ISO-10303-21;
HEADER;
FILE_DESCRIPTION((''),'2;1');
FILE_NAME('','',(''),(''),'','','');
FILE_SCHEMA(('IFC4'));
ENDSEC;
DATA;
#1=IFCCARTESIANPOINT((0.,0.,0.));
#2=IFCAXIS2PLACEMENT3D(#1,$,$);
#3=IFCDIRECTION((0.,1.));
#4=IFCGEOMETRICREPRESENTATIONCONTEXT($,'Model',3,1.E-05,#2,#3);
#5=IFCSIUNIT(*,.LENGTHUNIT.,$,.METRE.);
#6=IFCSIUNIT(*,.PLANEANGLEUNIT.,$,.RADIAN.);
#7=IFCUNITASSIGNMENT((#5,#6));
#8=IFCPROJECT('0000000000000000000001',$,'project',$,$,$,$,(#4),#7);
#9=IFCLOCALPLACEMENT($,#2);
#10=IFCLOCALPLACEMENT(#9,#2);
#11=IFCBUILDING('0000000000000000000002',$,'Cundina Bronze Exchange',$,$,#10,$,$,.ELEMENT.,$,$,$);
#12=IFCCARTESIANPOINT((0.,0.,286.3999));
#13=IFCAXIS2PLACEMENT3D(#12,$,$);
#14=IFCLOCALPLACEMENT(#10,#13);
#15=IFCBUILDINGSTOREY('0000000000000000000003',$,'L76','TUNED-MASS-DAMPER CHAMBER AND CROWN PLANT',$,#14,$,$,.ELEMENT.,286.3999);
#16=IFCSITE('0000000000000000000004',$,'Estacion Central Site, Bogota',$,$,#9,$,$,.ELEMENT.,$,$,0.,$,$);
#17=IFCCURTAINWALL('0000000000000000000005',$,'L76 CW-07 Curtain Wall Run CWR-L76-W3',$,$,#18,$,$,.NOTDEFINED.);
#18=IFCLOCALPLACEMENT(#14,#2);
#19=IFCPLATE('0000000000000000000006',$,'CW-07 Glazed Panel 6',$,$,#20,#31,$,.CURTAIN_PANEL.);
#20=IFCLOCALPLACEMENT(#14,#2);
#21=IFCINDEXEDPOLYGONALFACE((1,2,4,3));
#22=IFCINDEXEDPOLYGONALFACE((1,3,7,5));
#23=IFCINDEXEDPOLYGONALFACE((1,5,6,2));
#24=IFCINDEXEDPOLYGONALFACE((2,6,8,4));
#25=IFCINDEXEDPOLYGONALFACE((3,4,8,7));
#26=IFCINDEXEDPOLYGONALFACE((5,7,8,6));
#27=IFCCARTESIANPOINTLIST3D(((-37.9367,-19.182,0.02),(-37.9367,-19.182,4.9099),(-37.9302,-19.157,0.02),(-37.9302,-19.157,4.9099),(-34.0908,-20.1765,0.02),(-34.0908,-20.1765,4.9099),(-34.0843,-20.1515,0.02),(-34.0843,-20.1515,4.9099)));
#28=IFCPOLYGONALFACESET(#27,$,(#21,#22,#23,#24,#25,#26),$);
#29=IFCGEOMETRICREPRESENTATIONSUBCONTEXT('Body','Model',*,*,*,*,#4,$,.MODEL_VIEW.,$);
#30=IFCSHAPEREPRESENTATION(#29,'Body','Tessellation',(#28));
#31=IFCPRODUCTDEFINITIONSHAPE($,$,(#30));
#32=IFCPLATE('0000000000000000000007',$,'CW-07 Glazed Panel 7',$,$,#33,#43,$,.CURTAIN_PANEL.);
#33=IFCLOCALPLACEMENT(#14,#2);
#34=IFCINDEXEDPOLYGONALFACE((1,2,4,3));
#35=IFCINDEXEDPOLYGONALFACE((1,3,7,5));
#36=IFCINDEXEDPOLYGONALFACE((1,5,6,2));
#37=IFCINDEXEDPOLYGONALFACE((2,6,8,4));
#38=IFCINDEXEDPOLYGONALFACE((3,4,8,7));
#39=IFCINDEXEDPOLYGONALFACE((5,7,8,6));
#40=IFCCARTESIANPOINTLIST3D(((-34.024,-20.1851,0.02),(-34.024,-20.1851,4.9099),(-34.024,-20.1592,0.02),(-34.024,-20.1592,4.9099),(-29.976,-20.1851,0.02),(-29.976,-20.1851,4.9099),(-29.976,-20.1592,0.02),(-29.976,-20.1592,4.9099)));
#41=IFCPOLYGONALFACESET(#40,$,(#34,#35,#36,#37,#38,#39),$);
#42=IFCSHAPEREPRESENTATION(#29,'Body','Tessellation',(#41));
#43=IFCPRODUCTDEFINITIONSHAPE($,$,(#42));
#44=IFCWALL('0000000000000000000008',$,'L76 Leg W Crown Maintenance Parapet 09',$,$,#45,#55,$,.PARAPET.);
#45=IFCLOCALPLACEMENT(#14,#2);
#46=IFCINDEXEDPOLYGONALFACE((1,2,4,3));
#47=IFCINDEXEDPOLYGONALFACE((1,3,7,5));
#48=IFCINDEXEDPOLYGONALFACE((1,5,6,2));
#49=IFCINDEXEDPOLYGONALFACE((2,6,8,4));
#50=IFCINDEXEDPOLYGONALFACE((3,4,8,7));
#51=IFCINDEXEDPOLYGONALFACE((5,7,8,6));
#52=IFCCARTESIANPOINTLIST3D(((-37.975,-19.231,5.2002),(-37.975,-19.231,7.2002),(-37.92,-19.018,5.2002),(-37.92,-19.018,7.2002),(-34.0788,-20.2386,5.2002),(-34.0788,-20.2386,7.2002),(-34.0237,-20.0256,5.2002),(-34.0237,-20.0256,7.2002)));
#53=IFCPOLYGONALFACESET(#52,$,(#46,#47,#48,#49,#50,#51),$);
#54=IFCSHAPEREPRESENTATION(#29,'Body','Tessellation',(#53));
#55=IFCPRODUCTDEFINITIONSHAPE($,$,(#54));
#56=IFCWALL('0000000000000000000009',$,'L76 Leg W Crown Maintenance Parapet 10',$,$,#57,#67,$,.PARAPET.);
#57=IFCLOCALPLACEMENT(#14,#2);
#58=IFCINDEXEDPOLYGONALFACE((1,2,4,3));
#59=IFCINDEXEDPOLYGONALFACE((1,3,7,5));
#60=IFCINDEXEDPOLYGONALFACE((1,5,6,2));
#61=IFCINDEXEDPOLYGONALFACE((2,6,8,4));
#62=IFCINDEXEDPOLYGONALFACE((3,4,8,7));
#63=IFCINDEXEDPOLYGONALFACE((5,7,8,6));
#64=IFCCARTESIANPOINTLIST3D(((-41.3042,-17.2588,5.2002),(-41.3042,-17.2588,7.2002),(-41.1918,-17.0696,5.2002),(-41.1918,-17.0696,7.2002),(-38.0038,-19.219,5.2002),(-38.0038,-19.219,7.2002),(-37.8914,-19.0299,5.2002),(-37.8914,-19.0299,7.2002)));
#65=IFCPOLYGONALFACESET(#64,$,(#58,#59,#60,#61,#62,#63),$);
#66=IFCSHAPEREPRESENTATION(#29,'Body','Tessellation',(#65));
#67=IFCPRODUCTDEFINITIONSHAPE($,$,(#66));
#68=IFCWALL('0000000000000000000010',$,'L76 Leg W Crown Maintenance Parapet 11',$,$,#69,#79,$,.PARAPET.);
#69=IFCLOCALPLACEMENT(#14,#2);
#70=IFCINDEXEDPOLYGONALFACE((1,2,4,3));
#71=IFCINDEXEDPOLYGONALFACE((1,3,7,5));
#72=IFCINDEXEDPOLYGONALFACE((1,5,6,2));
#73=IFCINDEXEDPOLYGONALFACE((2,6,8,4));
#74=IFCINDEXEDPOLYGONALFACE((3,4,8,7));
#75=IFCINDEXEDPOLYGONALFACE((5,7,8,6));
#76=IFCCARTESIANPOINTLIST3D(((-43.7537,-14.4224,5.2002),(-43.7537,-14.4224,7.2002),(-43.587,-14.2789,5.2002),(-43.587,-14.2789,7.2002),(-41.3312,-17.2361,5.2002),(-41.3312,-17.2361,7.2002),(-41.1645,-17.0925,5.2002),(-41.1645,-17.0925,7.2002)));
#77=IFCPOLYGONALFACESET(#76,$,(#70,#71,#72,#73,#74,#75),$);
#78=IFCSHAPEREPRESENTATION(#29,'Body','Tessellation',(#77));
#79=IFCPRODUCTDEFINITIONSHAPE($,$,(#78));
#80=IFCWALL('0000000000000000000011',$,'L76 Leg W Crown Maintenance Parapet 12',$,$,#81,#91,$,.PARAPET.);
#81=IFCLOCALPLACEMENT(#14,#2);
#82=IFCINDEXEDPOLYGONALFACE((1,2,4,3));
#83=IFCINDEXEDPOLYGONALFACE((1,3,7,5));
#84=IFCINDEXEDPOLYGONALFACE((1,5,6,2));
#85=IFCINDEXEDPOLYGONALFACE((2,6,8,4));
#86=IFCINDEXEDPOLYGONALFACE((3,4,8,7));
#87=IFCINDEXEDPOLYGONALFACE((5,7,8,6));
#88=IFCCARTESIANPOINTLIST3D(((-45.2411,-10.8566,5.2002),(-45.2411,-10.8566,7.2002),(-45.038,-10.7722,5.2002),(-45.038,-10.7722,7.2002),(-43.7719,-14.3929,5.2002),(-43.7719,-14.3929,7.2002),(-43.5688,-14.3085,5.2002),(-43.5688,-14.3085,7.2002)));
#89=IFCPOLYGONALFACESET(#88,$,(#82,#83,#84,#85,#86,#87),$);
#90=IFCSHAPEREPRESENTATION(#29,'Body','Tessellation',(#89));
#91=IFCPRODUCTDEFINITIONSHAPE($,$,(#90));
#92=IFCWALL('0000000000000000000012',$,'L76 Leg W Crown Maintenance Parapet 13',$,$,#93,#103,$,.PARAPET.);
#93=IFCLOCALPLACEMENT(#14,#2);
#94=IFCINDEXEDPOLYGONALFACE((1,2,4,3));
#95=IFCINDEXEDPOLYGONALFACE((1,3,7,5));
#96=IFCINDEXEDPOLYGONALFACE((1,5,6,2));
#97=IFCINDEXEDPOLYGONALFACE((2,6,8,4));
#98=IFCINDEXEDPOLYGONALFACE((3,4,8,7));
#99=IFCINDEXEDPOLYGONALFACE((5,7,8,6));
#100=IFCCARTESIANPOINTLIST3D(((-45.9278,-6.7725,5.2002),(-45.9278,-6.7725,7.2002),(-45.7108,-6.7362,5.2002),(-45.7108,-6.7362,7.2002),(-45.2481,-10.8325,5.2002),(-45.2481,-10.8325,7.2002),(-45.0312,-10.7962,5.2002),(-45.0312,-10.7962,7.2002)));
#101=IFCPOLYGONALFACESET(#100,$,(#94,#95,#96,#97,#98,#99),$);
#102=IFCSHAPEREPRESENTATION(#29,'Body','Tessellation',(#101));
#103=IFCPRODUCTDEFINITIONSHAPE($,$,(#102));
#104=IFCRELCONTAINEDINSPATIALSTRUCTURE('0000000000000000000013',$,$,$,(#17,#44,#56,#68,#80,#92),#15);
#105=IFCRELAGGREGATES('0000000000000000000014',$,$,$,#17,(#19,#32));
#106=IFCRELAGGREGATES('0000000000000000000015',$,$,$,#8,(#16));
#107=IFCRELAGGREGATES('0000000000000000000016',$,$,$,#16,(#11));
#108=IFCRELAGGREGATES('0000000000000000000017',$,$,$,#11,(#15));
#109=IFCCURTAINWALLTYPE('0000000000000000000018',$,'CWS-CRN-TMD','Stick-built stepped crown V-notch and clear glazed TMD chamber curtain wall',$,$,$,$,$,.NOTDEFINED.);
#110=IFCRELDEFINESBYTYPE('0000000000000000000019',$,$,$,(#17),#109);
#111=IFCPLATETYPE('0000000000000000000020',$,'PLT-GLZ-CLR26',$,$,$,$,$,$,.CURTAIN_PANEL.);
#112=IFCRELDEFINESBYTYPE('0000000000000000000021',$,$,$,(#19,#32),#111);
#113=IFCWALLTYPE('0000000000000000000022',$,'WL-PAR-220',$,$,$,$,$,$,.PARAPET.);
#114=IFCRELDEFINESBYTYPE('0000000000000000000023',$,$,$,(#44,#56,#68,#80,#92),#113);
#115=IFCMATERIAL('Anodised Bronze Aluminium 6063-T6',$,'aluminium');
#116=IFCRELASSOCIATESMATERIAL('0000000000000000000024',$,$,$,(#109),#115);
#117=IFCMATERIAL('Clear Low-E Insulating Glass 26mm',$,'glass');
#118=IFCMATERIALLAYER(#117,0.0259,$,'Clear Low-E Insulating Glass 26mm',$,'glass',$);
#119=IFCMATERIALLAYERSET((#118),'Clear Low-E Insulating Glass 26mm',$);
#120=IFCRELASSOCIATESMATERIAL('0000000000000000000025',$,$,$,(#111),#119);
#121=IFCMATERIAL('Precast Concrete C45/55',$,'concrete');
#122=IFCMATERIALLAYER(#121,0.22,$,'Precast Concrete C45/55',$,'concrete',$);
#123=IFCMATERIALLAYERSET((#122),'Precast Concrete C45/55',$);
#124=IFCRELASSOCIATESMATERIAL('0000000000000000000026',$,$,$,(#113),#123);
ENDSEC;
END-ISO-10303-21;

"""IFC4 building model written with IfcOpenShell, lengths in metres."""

from ifc_helpers import new_model, si_unit, direction, frame, frame_2d, origin, origin_2d, place, context, subcontext, project, spatial, rectangle, extrude, material, layer, layer_set, type_object, element, aggregate, save


model = new_model("IFC4")

# Units and contexts
model_context = context("Model", 3, precision=1e-05, world=origin(), true_north=direction((0.0, 1.0)))
body_context = subcontext(model_context, "Body", "Model", "MODEL_VIEW")
ifc_project = project(units=[si_unit("LENGTHUNIT", "METRE"), si_unit("PLANEANGLEUNIT", "RADIAN")], contexts=[model_context])

# Site, building, storey
site_placement = place(None, origin())
site = spatial("IfcSite", under=ifc_project, at=site_placement, Name="Estacion Central Site, Bogota", CompositionType="ELEMENT", RefElevation=0.0)
building_placement = place(site_placement, origin())
building = spatial("IfcBuilding", under=site, at=building_placement, Name="Cundina Bronze Exchange", CompositionType="ELEMENT")
storey_placement = place(building_placement, frame((0.0, 0.0, 286.3999)))
storey = spatial("IfcBuildingStorey", under=building, at=storey_placement, Name="L76", Description="TUNED-MASS-DAMPER CHAMBER AND CROWN PLANT", CompositionType="ELEMENT", Elevation=286.3999)

# Curtain wall
ifc_material_1 = material(Name="Anodised Bronze Aluminium 6063-T6", Category="aluminium")
curtain_wall_type = type_object("IfcCurtainWallType", Name="CWS-CRN-TMD", Description="Stick-built stepped crown V-notch and clear glazed TMD chamber curtain wall", PredefinedType="NOTDEFINED", material=ifc_material_1)
curtain_wall_placement = place(storey_placement, origin())
curtain_wall = element("IfcCurtainWall", 1, at=curtain_wall_placement, inside=storey, type_object=curtain_wall_type, Name="L76 CW-07 Curtain Wall Run CWR-L76-W3", PredefinedType="NOTDEFINED")

# Plates
ifc_material_2 = material(Name="Clear Low-E Insulating Glass 26mm", Category="glass")
ifc_layer_1 = layer(ifc_material_2, 0.0259, Name="Clear Low-E Insulating Glass 26mm", Category="glass")
ifc_layer_set_1 = layer_set([ifc_layer_1], Name="Clear Low-E Insulating Glass 26mm")
plate_type_1 = type_object("IfcPlateType", Name="PLT-GLZ-CLR26", PredefinedType="CURTAIN_PANEL", material=ifc_layer_set_1)
plate_1_placement = place(storey_placement, frame((-36.0105, -19.6667, 0.02), z_axis=(0.0, 0.0, 1.0), x_axis=(0.968156, -0.250346, 0.0)))
plate_1 = element("IfcPlate", 2, at=plate_1_placement, type_object=plate_type_1, Name="CW-07 Glazed Panel 6", PredefinedType="CURTAIN_PANEL", context=body_context, shape_type="SweptSolid", body=[
    extrude(rectangle(XDim=3.9724, YDim=0.0259, at=origin_2d()), origin(), (0.0, 0.0, 1.0), 4.8899),
])
plate_2_placement = place(storey_placement, frame((-32.0, -20.1721, 0.02), z_axis=(0.0, 0.0, 1.0), x_axis=(1.0, 0.0, 0.0)))
plate_2 = element("IfcPlate", 3, at=plate_2_placement, type_object=plate_type_1, Name="CW-07 Glazed Panel 7", PredefinedType="CURTAIN_PANEL", context=body_context, shape_type="SweptSolid", body=[
    extrude(rectangle(XDim=4.0481, YDim=0.0259, at=origin_2d()), origin(), (0.0, 0.0, 1.0), 4.8899),
])
aggregate(curtain_wall, [plate_1, plate_2])

# Walls
ifc_material_3 = material(Name="Precast Concrete C45/55", Category="concrete")
ifc_layer_2 = layer(ifc_material_3, 0.22, Name="Precast Concrete C45/55", Category="concrete")
ifc_layer_set_2 = layer_set([ifc_layer_2], Name="Precast Concrete C45/55")
wall_type = type_object("IfcWallType", Name="WL-PAR-220", PredefinedType="PARAPET", material=ifc_layer_set_2)
wall_1_placement = place(storey_placement, frame((-34.0513, -20.1321, 5.2002), z_axis=(0.0, 0.0, 1.0), x_axis=(-0.968152, 0.250364, 0.0)))
element("IfcWall", 4, at=wall_1_placement, inside=storey, type_object=wall_type, Name="L76 Leg W Crown Maintenance Parapet 09", PredefinedType="PARAPET", context=body_context, shape_type="SweptSolid", body=[
    extrude(rectangle(XDim=4.0244, YDim=0.22, at=frame_2d((2.0122, 0.0))), origin(), (0.0, 0.0, 1.0), 2.0),
])
wall_2_placement = place(storey_placement, frame((-37.9475, -19.1245, 5.2002), z_axis=(0.0, 0.0, 1.0), x_axis=(-0.85978, 0.510665, 0.0)))
element("IfcWall", 5, at=wall_2_placement, inside=storey, type_object=wall_type, Name="L76 Leg W Crown Maintenance Parapet 10", PredefinedType="PARAPET", context=body_context, shape_type="SweptSolid", body=[
    extrude(rectangle(XDim=3.8386, YDim=0.22, at=frame_2d((1.9194, 0.0))), origin(), (0.0, 0.0, 1.0), 2.0),
])
wall_3_placement = place(storey_placement, frame((-41.2478, -17.1643, 5.2002), z_axis=(0.0, 0.0, 1.0), x_axis=(-0.652474, 0.757811, 0.0)))
element("IfcWall", 6, at=wall_3_placement, inside=storey, type_object=wall_type, Name="L76 Leg W Crown Maintenance Parapet 11", PredefinedType="PARAPET", context=body_context, shape_type="SweptSolid", body=[
    extrude(rectangle(XDim=3.7129, YDim=0.22, at=frame_2d((1.8564, 0.0))), origin(), (0.0, 0.0, 1.0), 2.0),
])
wall_4_placement = place(storey_placement, frame((-43.6704, -14.3506, 5.2002), z_axis=(0.0, 0.0, 1.0), x_axis=(-0.383669, 0.923471, 0.0)))
element("IfcWall", 7, at=wall_4_placement, inside=storey, type_object=wall_type, Name="L76 Leg W Crown Maintenance Parapet 12", PredefinedType="PARAPET", context=body_context, shape_type="SweptSolid", body=[
    extrude(rectangle(XDim=3.8293, YDim=0.22, at=frame_2d((1.9146, 0.0))), origin(), (0.0, 0.0, 1.0), 2.0),
])
wall_5_placement = place(storey_placement, frame((-45.1396, -10.8142, 5.2002), z_axis=(0.0, 0.0, 1.0), x_axis=(-0.165111, 0.986275, 0.0)))
element("IfcWall", 8, at=wall_5_placement, inside=storey, type_object=wall_type, Name="L76 Leg W Crown Maintenance Parapet 13", PredefinedType="PARAPET", context=body_context, shape_type="SweptSolid", body=[
    extrude(rectangle(XDim=4.1165, YDim=0.22, at=frame_2d((2.0581, 0.0))), origin(), (0.0, 0.0, 1.0), 2.0),
])

save(model, "model.ifc")
